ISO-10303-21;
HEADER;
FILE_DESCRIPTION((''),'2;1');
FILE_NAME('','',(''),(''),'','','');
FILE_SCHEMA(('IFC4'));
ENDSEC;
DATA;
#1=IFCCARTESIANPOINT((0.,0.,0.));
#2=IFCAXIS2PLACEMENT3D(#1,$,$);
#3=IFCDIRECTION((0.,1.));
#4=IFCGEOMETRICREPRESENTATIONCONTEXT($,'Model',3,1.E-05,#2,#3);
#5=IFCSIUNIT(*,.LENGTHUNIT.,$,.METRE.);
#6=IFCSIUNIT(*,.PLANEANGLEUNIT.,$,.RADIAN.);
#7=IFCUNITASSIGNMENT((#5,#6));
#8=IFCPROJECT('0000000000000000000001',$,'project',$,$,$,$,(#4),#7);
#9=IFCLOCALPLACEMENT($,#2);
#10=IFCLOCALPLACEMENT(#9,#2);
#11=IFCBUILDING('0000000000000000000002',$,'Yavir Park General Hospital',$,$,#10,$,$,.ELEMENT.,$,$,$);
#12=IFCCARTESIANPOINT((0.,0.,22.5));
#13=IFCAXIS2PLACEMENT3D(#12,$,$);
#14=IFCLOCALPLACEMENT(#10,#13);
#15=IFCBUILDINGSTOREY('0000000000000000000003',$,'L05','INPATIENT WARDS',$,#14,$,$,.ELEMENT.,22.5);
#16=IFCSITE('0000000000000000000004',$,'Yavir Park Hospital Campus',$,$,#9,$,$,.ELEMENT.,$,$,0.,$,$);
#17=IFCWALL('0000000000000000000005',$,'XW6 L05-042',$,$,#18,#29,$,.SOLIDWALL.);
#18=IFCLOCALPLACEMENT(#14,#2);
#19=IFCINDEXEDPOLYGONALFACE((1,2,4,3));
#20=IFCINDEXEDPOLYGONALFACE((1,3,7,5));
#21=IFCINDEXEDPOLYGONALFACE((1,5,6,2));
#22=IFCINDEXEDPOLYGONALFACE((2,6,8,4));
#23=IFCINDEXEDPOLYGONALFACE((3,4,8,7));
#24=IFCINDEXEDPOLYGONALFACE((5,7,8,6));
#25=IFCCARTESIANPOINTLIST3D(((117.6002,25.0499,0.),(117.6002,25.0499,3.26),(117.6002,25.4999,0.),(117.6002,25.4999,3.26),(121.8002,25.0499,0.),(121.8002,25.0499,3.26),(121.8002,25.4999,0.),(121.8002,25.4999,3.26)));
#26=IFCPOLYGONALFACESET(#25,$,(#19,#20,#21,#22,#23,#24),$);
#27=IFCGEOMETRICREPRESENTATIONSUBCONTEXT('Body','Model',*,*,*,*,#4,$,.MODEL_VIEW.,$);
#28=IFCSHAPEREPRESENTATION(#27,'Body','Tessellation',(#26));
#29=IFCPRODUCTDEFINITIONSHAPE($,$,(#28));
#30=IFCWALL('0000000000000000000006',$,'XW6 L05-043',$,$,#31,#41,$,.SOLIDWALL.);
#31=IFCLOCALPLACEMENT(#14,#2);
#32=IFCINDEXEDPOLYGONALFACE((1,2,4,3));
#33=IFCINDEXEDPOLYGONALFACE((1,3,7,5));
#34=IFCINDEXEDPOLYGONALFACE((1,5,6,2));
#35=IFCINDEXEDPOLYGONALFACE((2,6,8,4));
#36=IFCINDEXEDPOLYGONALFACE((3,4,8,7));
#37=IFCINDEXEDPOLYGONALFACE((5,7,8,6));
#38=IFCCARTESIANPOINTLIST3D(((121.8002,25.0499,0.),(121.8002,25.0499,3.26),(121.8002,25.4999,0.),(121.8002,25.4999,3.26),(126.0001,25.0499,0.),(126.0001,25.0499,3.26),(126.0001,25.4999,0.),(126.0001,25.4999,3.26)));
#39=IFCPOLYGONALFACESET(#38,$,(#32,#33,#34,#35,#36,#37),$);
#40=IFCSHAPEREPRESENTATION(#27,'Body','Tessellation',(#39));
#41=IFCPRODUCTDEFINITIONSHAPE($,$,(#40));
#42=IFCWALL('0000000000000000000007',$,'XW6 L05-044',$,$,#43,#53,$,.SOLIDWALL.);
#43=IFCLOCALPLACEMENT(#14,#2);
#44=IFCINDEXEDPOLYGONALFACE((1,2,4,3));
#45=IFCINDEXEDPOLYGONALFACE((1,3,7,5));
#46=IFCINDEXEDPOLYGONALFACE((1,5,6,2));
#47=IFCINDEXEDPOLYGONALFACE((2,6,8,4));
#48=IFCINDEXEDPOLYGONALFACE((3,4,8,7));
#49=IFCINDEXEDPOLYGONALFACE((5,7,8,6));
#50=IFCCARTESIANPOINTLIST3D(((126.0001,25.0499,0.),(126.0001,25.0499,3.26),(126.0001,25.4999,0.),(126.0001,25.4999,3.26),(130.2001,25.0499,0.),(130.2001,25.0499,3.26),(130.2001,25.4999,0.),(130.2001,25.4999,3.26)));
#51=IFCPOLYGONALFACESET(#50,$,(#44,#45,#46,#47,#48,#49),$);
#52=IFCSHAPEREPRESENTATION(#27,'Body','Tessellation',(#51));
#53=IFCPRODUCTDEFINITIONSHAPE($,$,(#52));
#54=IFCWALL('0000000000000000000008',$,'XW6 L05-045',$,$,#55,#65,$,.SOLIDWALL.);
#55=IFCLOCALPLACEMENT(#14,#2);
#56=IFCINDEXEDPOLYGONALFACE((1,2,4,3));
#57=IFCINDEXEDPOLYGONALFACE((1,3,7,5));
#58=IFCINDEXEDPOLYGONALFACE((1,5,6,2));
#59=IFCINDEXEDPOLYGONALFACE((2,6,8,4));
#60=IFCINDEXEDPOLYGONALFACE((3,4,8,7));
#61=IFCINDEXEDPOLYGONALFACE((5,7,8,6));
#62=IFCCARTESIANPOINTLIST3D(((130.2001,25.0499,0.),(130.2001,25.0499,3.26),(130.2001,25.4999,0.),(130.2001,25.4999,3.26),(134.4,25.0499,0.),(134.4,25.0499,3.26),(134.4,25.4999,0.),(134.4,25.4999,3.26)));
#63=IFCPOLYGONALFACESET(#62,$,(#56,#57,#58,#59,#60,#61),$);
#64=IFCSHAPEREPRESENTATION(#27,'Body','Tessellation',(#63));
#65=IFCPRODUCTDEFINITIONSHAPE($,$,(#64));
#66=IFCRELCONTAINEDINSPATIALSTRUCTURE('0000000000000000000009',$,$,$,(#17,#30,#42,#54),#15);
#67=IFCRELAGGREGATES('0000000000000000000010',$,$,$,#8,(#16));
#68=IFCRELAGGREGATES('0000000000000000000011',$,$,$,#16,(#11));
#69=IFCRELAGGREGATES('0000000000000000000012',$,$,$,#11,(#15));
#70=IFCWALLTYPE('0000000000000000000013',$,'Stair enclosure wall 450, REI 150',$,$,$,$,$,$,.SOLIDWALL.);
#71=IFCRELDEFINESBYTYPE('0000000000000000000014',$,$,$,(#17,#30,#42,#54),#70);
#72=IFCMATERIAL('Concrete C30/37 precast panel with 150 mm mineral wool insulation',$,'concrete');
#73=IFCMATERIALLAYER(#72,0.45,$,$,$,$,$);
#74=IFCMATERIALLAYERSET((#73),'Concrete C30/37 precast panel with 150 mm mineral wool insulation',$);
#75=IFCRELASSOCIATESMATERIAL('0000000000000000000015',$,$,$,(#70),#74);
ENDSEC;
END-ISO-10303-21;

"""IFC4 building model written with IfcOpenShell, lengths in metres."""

from ifc_helpers import new_model, si_unit, direction, frame, frame_2d, origin, place, context, subcontext, project, spatial, rectangle, extrude, material, layer, layer_set, type_object, element, save


model = new_model("IFC4")

# Units and contexts
model_context = context("Model", 3, precision=1e-05, world=origin(), true_north=direction((0.0, 1.0)))
body_context = subcontext(model_context, "Body", "Model", "MODEL_VIEW")
ifc_project = project(units=[si_unit("LENGTHUNIT", "METRE"), si_unit("PLANEANGLEUNIT", "RADIAN")], contexts=[model_context])

# Site, building, storey
site_placement = place(None, origin())
site = spatial("IfcSite", under=ifc_project, at=site_placement, Name="Yavir Park Hospital Campus", CompositionType="ELEMENT", RefElevation=0.0)
building_placement = place(site_placement, origin())
building = spatial("IfcBuilding", under=site, at=building_placement, Name="Yavir Park General Hospital", CompositionType="ELEMENT")
storey_placement = place(building_placement, frame((0.0, 0.0, 22.5)))
storey = spatial("IfcBuildingStorey", under=building, at=storey_placement, Name="L05", Description="INPATIENT WARDS", CompositionType="ELEMENT", Elevation=22.5)

# Walls
ifc_material_1 = material(Name="Concrete C30/37 precast panel with 150 mm mineral wool insulation", Category="concrete")
ifc_layer_1 = layer(ifc_material_1, 0.45)
ifc_layer_set_1 = layer_set([ifc_layer_1], Name="Concrete C30/37 precast panel with 150 mm mineral wool insulation")
wall_type_1 = type_object("IfcWallType", Name="Stair enclosure wall 450, REI 150", PredefinedType="SOLIDWALL", material=ifc_layer_set_1)
for number, where, z_axis, x_axis, name in (
    (1, (117.6001, 25.2749, 0.0), (0.0, 0.0, 1.0), (1.0, 0.0, 0.0), "XW6 L05-042"),
    (2, (121.8, 25.2749, 0.0), (0.0, 0.0, 1.0), (1.0, 0.0, 0.0), "XW6 L05-043"),
    (3, (126.0, 25.2749, 0.0), (0.0, 0.0, 1.0), (1.0, 0.0, 0.0), "XW6 L05-044"),
    (4, (130.2, 25.2749, 0.0), (0.0, 0.0, 1.0), (1.0, 0.0, 0.0), "XW6 L05-045"),
):
    element("IfcWall", number, at=place(storey_placement, frame(where, z_axis=z_axis, x_axis=x_axis)), inside=storey, type_object=wall_type_1, Name=name, PredefinedType="SOLIDWALL", context=body_context, shape_type="SweptSolid", body=[
        extrude(rectangle(XDim=4.2, YDim=0.45, at=frame_2d((2.1001, 0.0))), origin(), (0.0, 0.0, 1.0), 3.26),
    ])

save(model, "model.ifc")
